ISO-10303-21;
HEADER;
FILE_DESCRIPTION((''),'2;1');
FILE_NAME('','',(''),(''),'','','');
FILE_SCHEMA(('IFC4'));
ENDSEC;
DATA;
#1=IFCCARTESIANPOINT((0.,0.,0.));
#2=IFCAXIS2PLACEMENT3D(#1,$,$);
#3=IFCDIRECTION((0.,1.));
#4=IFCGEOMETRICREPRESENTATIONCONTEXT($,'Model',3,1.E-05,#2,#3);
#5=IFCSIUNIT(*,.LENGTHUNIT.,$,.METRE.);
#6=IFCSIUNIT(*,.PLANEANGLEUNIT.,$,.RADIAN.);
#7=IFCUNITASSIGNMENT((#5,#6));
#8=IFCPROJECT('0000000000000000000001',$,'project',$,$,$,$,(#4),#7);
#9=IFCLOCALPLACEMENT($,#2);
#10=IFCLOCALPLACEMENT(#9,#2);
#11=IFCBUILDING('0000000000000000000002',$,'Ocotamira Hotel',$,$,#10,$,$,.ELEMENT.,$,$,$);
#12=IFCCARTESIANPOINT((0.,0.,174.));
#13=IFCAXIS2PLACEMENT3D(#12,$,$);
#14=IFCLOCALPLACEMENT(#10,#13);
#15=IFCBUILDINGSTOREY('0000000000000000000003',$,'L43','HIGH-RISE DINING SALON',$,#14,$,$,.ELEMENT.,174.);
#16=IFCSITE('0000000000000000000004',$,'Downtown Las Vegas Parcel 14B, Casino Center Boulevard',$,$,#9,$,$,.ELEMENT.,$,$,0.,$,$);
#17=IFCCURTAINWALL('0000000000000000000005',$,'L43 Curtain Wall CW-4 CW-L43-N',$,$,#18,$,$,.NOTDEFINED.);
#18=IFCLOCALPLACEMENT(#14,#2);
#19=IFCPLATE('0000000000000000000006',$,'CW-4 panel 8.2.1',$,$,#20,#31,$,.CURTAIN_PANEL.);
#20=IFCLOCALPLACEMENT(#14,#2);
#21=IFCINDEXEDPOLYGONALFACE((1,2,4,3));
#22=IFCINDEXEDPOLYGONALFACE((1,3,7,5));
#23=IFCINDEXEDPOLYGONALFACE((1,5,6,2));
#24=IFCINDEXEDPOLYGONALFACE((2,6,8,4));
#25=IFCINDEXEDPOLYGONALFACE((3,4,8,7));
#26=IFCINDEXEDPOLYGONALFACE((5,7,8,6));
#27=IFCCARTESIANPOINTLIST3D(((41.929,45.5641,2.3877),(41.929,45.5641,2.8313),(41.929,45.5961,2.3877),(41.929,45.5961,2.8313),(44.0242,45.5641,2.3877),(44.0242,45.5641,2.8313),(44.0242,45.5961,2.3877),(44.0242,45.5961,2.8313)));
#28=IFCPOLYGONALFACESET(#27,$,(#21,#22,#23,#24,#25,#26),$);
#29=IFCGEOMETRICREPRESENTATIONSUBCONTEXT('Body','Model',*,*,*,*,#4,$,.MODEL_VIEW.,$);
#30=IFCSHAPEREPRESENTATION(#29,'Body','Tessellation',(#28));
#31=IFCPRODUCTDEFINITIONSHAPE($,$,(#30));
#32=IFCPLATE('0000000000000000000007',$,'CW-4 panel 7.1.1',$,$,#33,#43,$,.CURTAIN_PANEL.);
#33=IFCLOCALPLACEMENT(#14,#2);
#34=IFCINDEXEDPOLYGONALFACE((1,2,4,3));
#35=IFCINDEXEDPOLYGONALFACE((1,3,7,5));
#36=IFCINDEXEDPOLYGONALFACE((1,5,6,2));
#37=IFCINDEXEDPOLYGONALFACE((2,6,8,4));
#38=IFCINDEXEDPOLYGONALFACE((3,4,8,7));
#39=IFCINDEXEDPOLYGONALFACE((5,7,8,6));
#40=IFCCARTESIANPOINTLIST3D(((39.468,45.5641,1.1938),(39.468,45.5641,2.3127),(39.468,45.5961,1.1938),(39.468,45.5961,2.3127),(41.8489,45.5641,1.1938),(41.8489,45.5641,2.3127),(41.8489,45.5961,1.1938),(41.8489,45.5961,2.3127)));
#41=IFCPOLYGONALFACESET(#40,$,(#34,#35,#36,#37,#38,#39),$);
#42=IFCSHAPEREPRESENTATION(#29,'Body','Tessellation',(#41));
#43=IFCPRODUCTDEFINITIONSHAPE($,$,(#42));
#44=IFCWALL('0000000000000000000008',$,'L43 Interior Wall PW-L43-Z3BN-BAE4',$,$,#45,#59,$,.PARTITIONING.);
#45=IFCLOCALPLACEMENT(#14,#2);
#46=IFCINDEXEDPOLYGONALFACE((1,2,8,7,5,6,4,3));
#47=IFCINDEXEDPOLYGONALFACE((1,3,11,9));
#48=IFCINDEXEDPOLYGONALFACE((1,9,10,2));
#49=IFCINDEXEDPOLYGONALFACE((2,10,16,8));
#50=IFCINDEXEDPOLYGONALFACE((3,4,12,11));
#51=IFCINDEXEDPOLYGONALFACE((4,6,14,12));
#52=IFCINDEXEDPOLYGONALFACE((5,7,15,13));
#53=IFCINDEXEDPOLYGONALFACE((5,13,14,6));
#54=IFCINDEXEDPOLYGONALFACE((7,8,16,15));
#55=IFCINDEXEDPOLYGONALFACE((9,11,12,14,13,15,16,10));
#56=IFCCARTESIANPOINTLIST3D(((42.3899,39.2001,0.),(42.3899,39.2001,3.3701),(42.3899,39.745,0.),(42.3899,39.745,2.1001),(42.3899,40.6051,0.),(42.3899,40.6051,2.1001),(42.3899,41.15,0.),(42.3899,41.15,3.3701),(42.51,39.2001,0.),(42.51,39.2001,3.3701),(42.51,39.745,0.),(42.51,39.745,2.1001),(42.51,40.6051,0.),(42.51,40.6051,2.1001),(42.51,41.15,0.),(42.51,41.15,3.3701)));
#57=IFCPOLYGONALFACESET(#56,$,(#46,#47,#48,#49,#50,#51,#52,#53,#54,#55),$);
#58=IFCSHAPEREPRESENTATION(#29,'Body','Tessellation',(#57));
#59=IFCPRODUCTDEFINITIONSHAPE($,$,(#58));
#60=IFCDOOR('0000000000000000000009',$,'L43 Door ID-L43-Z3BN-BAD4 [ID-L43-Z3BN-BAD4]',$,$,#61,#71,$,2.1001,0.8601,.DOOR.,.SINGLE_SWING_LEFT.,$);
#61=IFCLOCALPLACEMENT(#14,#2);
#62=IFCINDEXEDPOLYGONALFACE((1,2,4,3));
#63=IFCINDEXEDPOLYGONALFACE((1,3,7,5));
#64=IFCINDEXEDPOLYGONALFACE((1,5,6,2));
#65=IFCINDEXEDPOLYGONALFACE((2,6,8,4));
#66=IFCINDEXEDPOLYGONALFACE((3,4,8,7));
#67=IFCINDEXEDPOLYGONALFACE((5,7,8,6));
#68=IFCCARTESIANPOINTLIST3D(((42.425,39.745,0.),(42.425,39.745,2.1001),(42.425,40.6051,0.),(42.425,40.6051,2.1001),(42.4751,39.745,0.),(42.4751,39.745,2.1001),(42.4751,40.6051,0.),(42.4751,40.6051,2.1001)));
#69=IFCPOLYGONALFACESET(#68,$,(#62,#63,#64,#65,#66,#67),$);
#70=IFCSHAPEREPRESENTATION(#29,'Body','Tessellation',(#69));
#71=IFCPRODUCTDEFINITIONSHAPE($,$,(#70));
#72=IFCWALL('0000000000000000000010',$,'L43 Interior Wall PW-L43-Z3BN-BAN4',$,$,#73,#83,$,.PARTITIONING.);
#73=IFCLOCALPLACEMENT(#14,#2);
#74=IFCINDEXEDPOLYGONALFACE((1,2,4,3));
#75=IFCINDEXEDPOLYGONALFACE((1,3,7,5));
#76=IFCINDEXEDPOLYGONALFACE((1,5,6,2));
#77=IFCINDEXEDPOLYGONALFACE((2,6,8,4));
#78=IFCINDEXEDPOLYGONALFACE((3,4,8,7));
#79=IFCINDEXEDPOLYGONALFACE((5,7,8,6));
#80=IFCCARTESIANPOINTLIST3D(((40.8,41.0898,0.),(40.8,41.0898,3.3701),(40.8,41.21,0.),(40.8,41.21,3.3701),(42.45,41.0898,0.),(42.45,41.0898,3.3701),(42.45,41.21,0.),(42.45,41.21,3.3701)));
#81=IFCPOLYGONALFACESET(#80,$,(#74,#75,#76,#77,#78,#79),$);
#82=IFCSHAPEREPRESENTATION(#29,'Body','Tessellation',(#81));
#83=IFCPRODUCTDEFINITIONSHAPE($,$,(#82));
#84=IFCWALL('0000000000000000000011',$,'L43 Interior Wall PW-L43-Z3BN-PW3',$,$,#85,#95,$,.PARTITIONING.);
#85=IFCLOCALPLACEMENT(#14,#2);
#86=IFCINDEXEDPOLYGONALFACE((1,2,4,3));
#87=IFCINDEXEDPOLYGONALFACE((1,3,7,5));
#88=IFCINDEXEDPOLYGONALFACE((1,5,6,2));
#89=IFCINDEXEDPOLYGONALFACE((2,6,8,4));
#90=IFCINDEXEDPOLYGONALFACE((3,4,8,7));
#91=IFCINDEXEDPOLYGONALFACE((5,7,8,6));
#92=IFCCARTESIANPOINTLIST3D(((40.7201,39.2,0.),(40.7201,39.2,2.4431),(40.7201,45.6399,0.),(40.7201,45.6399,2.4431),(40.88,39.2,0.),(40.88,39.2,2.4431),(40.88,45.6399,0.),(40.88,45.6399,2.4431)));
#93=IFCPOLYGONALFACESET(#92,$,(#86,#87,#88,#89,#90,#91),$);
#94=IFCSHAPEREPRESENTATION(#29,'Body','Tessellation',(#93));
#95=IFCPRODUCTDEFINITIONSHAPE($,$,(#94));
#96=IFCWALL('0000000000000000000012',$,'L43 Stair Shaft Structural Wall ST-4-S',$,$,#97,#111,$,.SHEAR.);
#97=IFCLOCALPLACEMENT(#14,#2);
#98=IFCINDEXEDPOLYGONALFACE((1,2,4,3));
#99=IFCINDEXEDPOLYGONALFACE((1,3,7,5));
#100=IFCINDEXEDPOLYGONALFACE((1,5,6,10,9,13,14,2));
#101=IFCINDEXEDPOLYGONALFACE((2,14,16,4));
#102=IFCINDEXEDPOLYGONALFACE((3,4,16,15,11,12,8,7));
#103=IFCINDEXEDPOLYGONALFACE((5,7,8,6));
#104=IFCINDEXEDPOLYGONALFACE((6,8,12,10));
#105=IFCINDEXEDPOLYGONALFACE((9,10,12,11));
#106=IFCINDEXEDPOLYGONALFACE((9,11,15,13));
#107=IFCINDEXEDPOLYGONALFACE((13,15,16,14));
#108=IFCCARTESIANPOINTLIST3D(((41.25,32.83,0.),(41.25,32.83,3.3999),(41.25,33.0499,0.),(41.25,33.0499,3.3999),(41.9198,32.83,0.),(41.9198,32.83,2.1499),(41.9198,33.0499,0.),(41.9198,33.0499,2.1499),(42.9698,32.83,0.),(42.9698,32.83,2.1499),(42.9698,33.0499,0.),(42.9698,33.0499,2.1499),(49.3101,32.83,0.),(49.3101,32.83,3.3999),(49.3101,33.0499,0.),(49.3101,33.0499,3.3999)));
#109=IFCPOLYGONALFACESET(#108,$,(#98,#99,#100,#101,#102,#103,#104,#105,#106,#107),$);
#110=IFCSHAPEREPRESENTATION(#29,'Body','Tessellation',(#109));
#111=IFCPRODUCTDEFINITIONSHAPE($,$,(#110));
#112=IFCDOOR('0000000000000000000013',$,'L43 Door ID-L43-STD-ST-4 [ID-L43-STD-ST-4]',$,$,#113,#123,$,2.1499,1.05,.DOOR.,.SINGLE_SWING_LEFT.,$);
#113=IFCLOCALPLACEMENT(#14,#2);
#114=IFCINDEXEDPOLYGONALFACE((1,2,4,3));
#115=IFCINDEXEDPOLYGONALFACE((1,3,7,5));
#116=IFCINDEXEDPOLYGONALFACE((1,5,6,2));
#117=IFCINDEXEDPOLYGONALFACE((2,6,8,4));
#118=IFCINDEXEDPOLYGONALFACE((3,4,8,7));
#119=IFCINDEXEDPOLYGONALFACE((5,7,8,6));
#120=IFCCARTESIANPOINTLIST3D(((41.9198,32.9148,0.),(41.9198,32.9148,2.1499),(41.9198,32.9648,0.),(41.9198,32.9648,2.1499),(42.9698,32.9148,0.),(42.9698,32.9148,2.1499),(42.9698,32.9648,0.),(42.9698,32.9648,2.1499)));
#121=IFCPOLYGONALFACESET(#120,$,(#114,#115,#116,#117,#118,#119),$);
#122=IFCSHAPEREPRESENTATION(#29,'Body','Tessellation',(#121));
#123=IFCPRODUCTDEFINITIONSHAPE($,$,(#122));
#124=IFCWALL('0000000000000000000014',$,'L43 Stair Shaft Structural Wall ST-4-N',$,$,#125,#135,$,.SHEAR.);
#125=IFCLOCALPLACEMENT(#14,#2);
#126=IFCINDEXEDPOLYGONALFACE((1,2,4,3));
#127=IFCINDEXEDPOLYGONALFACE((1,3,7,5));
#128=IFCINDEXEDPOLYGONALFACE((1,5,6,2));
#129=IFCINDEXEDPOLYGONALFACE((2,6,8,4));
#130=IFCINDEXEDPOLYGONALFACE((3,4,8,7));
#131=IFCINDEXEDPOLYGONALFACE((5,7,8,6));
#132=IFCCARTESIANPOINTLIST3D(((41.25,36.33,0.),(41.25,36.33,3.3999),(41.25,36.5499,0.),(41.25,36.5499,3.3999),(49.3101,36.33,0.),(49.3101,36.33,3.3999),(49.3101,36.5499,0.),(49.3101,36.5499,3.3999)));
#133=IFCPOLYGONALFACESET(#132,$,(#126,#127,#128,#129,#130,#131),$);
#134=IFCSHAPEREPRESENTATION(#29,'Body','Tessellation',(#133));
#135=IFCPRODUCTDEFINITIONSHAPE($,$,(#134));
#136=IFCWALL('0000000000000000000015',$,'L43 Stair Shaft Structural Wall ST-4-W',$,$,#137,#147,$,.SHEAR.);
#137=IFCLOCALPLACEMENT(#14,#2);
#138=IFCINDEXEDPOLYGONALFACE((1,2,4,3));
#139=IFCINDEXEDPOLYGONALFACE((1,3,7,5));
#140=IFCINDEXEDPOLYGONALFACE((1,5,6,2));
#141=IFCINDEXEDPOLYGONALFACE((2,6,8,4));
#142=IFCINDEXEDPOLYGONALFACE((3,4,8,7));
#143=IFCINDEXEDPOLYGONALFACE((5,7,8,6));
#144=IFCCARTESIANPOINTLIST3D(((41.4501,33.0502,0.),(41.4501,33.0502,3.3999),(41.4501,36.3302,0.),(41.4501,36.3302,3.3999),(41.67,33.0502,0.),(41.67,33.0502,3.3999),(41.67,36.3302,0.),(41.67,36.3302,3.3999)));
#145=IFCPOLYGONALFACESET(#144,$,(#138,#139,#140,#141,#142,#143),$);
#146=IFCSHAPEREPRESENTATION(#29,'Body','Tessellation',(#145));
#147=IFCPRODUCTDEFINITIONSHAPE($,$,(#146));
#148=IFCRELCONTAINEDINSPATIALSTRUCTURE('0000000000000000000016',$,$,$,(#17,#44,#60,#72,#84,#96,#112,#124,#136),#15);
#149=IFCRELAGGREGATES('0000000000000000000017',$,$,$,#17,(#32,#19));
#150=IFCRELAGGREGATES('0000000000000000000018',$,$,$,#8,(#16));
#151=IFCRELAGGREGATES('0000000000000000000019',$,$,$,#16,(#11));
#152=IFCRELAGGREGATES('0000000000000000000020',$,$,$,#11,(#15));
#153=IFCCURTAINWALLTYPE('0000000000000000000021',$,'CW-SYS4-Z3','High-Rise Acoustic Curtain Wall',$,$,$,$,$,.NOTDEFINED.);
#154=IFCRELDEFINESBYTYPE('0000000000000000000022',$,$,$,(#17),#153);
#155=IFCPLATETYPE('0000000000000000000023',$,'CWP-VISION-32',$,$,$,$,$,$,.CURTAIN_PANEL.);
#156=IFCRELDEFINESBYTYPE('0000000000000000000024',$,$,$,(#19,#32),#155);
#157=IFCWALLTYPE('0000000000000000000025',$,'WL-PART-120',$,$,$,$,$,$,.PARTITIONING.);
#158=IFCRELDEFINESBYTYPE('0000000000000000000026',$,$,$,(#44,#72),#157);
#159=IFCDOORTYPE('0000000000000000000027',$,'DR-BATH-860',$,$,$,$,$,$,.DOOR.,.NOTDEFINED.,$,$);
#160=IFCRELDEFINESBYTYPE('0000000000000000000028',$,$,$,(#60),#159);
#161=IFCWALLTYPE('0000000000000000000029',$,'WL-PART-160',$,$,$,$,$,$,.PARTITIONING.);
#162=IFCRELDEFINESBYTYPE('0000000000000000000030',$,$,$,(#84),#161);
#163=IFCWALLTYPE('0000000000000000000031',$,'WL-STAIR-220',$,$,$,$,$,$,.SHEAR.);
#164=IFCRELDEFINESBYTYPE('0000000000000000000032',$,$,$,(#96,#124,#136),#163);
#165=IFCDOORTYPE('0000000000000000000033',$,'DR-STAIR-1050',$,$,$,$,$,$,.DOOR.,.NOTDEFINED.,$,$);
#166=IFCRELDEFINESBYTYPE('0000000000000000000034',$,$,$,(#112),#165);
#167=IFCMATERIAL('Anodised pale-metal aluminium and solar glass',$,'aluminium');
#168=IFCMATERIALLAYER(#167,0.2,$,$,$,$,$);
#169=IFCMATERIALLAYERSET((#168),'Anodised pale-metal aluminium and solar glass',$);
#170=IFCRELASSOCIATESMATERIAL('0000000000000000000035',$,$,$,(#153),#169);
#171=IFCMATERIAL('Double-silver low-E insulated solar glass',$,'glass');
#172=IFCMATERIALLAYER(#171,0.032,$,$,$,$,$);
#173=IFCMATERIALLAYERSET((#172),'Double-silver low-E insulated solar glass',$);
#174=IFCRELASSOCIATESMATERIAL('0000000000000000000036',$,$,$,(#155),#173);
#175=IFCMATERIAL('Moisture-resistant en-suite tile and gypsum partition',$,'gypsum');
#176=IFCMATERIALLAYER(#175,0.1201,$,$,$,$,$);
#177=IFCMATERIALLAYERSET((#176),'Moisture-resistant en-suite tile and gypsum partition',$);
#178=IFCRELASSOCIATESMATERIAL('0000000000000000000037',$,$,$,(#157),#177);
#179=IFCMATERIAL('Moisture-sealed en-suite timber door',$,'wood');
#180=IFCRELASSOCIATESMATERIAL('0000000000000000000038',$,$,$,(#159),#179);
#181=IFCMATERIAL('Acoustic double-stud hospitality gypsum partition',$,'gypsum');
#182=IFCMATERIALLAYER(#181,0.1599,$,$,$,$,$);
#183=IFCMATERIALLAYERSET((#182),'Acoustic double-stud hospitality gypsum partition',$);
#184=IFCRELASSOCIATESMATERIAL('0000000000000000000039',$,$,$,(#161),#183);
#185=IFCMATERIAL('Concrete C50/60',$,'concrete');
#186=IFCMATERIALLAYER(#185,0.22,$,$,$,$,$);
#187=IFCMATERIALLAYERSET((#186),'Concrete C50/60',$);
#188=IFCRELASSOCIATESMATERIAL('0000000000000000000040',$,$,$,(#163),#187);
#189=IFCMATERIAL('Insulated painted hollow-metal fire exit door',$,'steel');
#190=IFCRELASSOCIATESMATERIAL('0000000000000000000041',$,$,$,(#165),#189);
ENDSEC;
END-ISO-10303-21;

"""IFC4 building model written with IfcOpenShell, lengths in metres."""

from ifc_helpers import new_model, si_unit, direction, frame, frame_2d, origin, origin_2d, place, context, subcontext, project, spatial, rectangle, extrude, source, transform, mapped, material, layer, layer_set, type_object, element, fill, aggregate, save


model = new_model("IFC4")

# Units and contexts
model_context = context("Model", 3, precision=1e-05, world=origin(), true_north=direction((0.0, 1.0)))
body_context = subcontext(model_context, "Body", "Model", "MODEL_VIEW")
ifc_project = project(units=[si_unit("LENGTHUNIT", "METRE"), si_unit("PLANEANGLEUNIT", "RADIAN")], contexts=[model_context])

# Site, building, storey
site_placement = place(None, origin())
site = spatial("IfcSite", under=ifc_project, at=site_placement, Name="Downtown Las Vegas Parcel 14B, Casino Center Boulevard", CompositionType="ELEMENT", RefElevation=0.0)
building_placement = place(site_placement, origin())
building = spatial("IfcBuilding", under=site, at=building_placement, Name="Ocotamira Hotel", CompositionType="ELEMENT")
storey_placement = place(building_placement, frame((0.0, 0.0, 174.0)))
storey = spatial("IfcBuildingStorey", under=building, at=storey_placement, Name="L43", Description="HIGH-RISE DINING SALON", CompositionType="ELEMENT", Elevation=174.0)

# Shared definitions
ifc_material_1 = material(Name="Concrete C50/60", Category="concrete")

# Curtain wall, plates
ifc_material_2 = material(Name="Anodised pale-metal aluminium and solar glass", Category="aluminium")
ifc_layer_1 = layer(ifc_material_2, 0.2)
ifc_layer_set_1 = layer_set([ifc_layer_1], Name="Anodised pale-metal aluminium and solar glass")
curtain_wall_type = type_object("IfcCurtainWallType", Name="CW-SYS4-Z3", Description="High-Rise Acoustic Curtain Wall", PredefinedType="NOTDEFINED", material=ifc_layer_set_1)
curtain_wall_placement = place(storey_placement, origin())
curtain_wall = element("IfcCurtainWall", 1, at=curtain_wall_placement, inside=storey, type_object=curtain_wall_type, Name="L43 Curtain Wall CW-4 CW-L43-N", PredefinedType="NOTDEFINED")
ifc_material_3 = material(Name="Double-silver low-E insulated solar glass", Category="glass")
ifc_layer_2 = layer(ifc_material_3, 0.032)
ifc_layer_set_2 = layer_set([ifc_layer_2], Name="Double-silver low-E insulated solar glass")
plate_type = type_object("IfcPlateType", Name="CWP-VISION-32", PredefinedType="CURTAIN_PANEL", material=ifc_layer_set_2)
shared_shape_1 = source(origin(), body_context, "Body", "SweptSolid", [
    extrude(rectangle(XDim=2.0952, YDim=0.032, at=origin_2d()), origin(), (0.0, 0.0, 1.0), 0.4436),
])
plate_1_placement = place(storey_placement, frame((42.9766, 45.5801, 2.3877), z_axis=(0.0, 0.0, 1.0), x_axis=(1.0, 0.0, 0.0)))
plate_1 = element("IfcPlate", 2, at=plate_1_placement, type_object=plate_type, Name="CW-4 panel 8.2.1", PredefinedType="CURTAIN_PANEL", context=body_context, shape_type="MappedRepresentation", body=[
    mapped(shared_shape_1, transform((0.0, 0.0, 0.0), scale=1.0)),
])
shared_shape_2 = source(origin(), body_context, "Body", "SweptSolid", [
    extrude(rectangle(XDim=2.3809, YDim=0.032, at=origin_2d()), origin(), (0.0, 0.0, 1.0), 1.1189),
])
plate_2_placement = place(storey_placement, frame((40.6584, 45.5801, 1.1938), z_axis=(0.0, 0.0, 1.0), x_axis=(1.0, 0.0, 0.0)))
plate_2 = element("IfcPlate", 3, at=plate_2_placement, type_object=plate_type, Name="CW-4 panel 7.1.1", PredefinedType="CURTAIN_PANEL", context=body_context, shape_type="MappedRepresentation", body=[
    mapped(shared_shape_2, transform((0.0, 0.0, 0.0), scale=1.0)),
])
aggregate(curtain_wall, [plate_2, plate_1])

# Wall, opening, door
ifc_material_4 = material(Name="Moisture-resistant en-suite tile and gypsum partition", Category="gypsum")
ifc_layer_3 = layer(ifc_material_4, 0.1201)
ifc_layer_set_3 = layer_set([ifc_layer_3], Name="Moisture-resistant en-suite tile and gypsum partition")
wall_type_1 = type_object("IfcWallType", Name="WL-PART-120", PredefinedType="PARTITIONING", material=ifc_layer_set_3)
wall_1_placement = place(storey_placement, frame((42.45, 39.2, 0.0), z_axis=(0.0, 0.0, 1.0), x_axis=(0.0, 1.0, 0.0)))
wall_1 = element("IfcWall", 4, at=wall_1_placement, inside=storey, type_object=wall_type_1, Name="L43 Interior Wall PW-L43-Z3BN-BAE4", PredefinedType="PARTITIONING", context=body_context, shape_type="SweptSolid", body=[
    extrude(rectangle(XDim=1.95, YDim=0.1201, at=frame_2d((0.9751, 0.0))), origin(), (0.0, 0.0, 1.0), 3.3701),
])
opening_1_placement = place(wall_1_placement, frame((0.5449, 0.0, 0.0)))
opening_1 = element("IfcOpeningElement", 5, at=opening_1_placement, cuts=wall_1, PredefinedType="OPENING", context=body_context, shape_type="SweptSolid", body=[
    extrude(rectangle(XDim=0.8601, YDim=2.1001, at=frame_2d((0.4302, 1.05))), frame((0.0, 0.0701, 0.0), z_axis=(0.0, -1.0, 0.0), x_axis=(1.0, 0.0, 0.0)), (0.0, 0.0, 1.0), 0.1401),
])
ifc_material_5 = material(Name="Moisture-sealed en-suite timber door", Category="wood")
door_type_1 = type_object("IfcDoorType", Name="DR-BATH-860", OperationType="NOTDEFINED", PredefinedType="DOOR", material=ifc_material_5)
shared_shape_3 = source(origin(), body_context, "Body", "SweptSolid", [
    extrude(rectangle(XDim=0.8601, YDim=2.1001, at=frame_2d((0.4302, 1.05))), frame((0.0, 0.0249, 0.0), z_axis=(0.0, -1.0, 0.0), x_axis=(1.0, 0.0, 0.0)), (0.0, 0.0, 1.0), 0.05),
])
door_1_placement = place(opening_1_placement, origin())
door_1 = element("IfcDoor", 6, at=door_1_placement, inside=storey, type_object=door_type_1, Name="L43 Door ID-L43-Z3BN-BAD4 [ID-L43-Z3BN-BAD4]", OperationType="SINGLE_SWING_LEFT", OverallHeight=2.1001, OverallWidth=0.8601, PredefinedType="DOOR", context=body_context, shape_type="MappedRepresentation", body=[
    mapped(shared_shape_3, transform((0.0, 0.0, 0.0), scale=1.0)),
])
fill(opening_1, door_1)

# Walls
wall_2_placement = place(storey_placement, frame((40.8, 41.1499, 0.0), z_axis=(0.0, 0.0, 1.0), x_axis=(1.0, 0.0, 0.0)))
element("IfcWall", 7, at=wall_2_placement, inside=storey, type_object=wall_type_1, Name="L43 Interior Wall PW-L43-Z3BN-BAN4", PredefinedType="PARTITIONING", context=body_context, shape_type="SweptSolid", body=[
    extrude(rectangle(XDim=1.6499, YDim=0.1201, at=frame_2d((0.825, 0.0))), origin(), (0.0, 0.0, 1.0), 3.3701),
])
ifc_material_6 = material(Name="Acoustic double-stud hospitality gypsum partition", Category="gypsum")
ifc_layer_4 = layer(ifc_material_6, 0.1599)
ifc_layer_set_4 = layer_set([ifc_layer_4], Name="Acoustic double-stud hospitality gypsum partition")
wall_type_2 = type_object("IfcWallType", Name="WL-PART-160", PredefinedType="PARTITIONING", material=ifc_layer_set_4)
wall_3_placement = place(storey_placement, frame((40.8, 39.2, 0.0), z_axis=(0.0, 0.0, 1.0), x_axis=(0.0, 1.0, 0.0)))
element("IfcWall", 8, at=wall_3_placement, inside=storey, type_object=wall_type_2, Name="L43 Interior Wall PW-L43-Z3BN-PW3", PredefinedType="PARTITIONING", context=body_context, shape_type="SweptSolid", body=[
    extrude(rectangle(XDim=6.4399, YDim=0.1599, at=frame_2d((3.22, 0.0))), origin(), (0.0, 0.0, 1.0), 2.4431),
])

# Wall, opening, door
ifc_layer_5 = layer(ifc_material_1, 0.22)
ifc_layer_set_5 = layer_set([ifc_layer_5], Name="Concrete C50/60")
wall_type_3 = type_object("IfcWallType", Name="WL-STAIR-220", PredefinedType="SHEAR", material=ifc_layer_set_5)
wall_4_placement = place(storey_placement, frame((41.25, 32.9399, 0.0), z_axis=(0.0, 0.0, 1.0), x_axis=(1.0, 0.0, 0.0)))
wall_4 = element("IfcWall", 9, at=wall_4_placement, inside=storey, type_object=wall_type_3, Name="L43 Stair Shaft Structural Wall ST-4-S", PredefinedType="SHEAR", context=body_context, shape_type="SweptSolid", body=[
    extrude(rectangle(XDim=8.0601, YDim=0.22, at=frame_2d((4.03, 0.0))), origin(), (0.0, 0.0, 1.0), 3.3999),
])
opening_2_placement = place(wall_4_placement, frame((0.6699, 0.0, 0.0)))
opening_2 = element("IfcOpeningElement", 10, at=opening_2_placement, cuts=wall_4, PredefinedType="OPENING", context=body_context, shape_type="SweptSolid", body=[
    extrude(rectangle(XDim=1.05, YDim=2.1499, at=frame_2d((0.5249, 1.075))), frame((0.0, 0.1201, 0.0), z_axis=(0.0, -1.0, 0.0), x_axis=(1.0, 0.0, 0.0)), (0.0, 0.0, 1.0), 0.24),
])
ifc_material_7 = material(Name="Insulated painted hollow-metal fire exit door", Category="steel")
door_type_2 = type_object("IfcDoorType", Name="DR-STAIR-1050", OperationType="NOTDEFINED", PredefinedType="DOOR", material=ifc_material_7)
shared_shape_4 = source(origin(), body_context, "Body", "SweptSolid", [
    extrude(rectangle(XDim=1.05, YDim=2.1499, at=frame_2d((0.5249, 1.075))), frame((0.0, 0.0249, 0.0), z_axis=(0.0, -1.0, 0.0), x_axis=(1.0, 0.0, 0.0)), (0.0, 0.0, 1.0), 0.05),
])
door_2_placement = place(opening_2_placement, origin())
door_2 = element("IfcDoor", 11, at=door_2_placement, inside=storey, type_object=door_type_2, Name="L43 Door ID-L43-STD-ST-4 [ID-L43-STD-ST-4]", OperationType="SINGLE_SWING_LEFT", OverallHeight=2.1499, OverallWidth=1.05, PredefinedType="DOOR", context=body_context, shape_type="MappedRepresentation", body=[
    mapped(shared_shape_4, transform((0.0, 0.0, 0.0), scale=1.0)),
])
fill(opening_2, door_2)

# Walls
wall_5_placement = place(storey_placement, frame((41.25, 36.4399, 0.0), z_axis=(0.0, 0.0, 1.0), x_axis=(1.0, 0.0, 0.0)))
element("IfcWall", 12, at=wall_5_placement, inside=storey, type_object=wall_type_3, Name="L43 Stair Shaft Structural Wall ST-4-N", PredefinedType="SHEAR", context=body_context, shape_type="SweptSolid", body=[
    extrude(rectangle(XDim=8.0601, YDim=0.22, at=frame_2d((4.03, 0.0))), origin(), (0.0, 0.0, 1.0), 3.3999),
])
wall_6_placement = place(storey_placement, frame((41.5601, 33.05, 0.0), z_axis=(0.0, 0.0, 1.0), x_axis=(0.0, 1.0, 0.0)))
element("IfcWall", 13, at=wall_6_placement, inside=storey, type_object=wall_type_3, Name="L43 Stair Shaft Structural Wall ST-4-W", PredefinedType="SHEAR", context=body_context, shape_type="SweptSolid", body=[
    extrude(rectangle(XDim=3.28, YDim=0.22, at=frame_2d((1.6401, 0.0))), origin(), (0.0, 0.0, 1.0), 3.3999),
])

save(model, "model.ifc")
